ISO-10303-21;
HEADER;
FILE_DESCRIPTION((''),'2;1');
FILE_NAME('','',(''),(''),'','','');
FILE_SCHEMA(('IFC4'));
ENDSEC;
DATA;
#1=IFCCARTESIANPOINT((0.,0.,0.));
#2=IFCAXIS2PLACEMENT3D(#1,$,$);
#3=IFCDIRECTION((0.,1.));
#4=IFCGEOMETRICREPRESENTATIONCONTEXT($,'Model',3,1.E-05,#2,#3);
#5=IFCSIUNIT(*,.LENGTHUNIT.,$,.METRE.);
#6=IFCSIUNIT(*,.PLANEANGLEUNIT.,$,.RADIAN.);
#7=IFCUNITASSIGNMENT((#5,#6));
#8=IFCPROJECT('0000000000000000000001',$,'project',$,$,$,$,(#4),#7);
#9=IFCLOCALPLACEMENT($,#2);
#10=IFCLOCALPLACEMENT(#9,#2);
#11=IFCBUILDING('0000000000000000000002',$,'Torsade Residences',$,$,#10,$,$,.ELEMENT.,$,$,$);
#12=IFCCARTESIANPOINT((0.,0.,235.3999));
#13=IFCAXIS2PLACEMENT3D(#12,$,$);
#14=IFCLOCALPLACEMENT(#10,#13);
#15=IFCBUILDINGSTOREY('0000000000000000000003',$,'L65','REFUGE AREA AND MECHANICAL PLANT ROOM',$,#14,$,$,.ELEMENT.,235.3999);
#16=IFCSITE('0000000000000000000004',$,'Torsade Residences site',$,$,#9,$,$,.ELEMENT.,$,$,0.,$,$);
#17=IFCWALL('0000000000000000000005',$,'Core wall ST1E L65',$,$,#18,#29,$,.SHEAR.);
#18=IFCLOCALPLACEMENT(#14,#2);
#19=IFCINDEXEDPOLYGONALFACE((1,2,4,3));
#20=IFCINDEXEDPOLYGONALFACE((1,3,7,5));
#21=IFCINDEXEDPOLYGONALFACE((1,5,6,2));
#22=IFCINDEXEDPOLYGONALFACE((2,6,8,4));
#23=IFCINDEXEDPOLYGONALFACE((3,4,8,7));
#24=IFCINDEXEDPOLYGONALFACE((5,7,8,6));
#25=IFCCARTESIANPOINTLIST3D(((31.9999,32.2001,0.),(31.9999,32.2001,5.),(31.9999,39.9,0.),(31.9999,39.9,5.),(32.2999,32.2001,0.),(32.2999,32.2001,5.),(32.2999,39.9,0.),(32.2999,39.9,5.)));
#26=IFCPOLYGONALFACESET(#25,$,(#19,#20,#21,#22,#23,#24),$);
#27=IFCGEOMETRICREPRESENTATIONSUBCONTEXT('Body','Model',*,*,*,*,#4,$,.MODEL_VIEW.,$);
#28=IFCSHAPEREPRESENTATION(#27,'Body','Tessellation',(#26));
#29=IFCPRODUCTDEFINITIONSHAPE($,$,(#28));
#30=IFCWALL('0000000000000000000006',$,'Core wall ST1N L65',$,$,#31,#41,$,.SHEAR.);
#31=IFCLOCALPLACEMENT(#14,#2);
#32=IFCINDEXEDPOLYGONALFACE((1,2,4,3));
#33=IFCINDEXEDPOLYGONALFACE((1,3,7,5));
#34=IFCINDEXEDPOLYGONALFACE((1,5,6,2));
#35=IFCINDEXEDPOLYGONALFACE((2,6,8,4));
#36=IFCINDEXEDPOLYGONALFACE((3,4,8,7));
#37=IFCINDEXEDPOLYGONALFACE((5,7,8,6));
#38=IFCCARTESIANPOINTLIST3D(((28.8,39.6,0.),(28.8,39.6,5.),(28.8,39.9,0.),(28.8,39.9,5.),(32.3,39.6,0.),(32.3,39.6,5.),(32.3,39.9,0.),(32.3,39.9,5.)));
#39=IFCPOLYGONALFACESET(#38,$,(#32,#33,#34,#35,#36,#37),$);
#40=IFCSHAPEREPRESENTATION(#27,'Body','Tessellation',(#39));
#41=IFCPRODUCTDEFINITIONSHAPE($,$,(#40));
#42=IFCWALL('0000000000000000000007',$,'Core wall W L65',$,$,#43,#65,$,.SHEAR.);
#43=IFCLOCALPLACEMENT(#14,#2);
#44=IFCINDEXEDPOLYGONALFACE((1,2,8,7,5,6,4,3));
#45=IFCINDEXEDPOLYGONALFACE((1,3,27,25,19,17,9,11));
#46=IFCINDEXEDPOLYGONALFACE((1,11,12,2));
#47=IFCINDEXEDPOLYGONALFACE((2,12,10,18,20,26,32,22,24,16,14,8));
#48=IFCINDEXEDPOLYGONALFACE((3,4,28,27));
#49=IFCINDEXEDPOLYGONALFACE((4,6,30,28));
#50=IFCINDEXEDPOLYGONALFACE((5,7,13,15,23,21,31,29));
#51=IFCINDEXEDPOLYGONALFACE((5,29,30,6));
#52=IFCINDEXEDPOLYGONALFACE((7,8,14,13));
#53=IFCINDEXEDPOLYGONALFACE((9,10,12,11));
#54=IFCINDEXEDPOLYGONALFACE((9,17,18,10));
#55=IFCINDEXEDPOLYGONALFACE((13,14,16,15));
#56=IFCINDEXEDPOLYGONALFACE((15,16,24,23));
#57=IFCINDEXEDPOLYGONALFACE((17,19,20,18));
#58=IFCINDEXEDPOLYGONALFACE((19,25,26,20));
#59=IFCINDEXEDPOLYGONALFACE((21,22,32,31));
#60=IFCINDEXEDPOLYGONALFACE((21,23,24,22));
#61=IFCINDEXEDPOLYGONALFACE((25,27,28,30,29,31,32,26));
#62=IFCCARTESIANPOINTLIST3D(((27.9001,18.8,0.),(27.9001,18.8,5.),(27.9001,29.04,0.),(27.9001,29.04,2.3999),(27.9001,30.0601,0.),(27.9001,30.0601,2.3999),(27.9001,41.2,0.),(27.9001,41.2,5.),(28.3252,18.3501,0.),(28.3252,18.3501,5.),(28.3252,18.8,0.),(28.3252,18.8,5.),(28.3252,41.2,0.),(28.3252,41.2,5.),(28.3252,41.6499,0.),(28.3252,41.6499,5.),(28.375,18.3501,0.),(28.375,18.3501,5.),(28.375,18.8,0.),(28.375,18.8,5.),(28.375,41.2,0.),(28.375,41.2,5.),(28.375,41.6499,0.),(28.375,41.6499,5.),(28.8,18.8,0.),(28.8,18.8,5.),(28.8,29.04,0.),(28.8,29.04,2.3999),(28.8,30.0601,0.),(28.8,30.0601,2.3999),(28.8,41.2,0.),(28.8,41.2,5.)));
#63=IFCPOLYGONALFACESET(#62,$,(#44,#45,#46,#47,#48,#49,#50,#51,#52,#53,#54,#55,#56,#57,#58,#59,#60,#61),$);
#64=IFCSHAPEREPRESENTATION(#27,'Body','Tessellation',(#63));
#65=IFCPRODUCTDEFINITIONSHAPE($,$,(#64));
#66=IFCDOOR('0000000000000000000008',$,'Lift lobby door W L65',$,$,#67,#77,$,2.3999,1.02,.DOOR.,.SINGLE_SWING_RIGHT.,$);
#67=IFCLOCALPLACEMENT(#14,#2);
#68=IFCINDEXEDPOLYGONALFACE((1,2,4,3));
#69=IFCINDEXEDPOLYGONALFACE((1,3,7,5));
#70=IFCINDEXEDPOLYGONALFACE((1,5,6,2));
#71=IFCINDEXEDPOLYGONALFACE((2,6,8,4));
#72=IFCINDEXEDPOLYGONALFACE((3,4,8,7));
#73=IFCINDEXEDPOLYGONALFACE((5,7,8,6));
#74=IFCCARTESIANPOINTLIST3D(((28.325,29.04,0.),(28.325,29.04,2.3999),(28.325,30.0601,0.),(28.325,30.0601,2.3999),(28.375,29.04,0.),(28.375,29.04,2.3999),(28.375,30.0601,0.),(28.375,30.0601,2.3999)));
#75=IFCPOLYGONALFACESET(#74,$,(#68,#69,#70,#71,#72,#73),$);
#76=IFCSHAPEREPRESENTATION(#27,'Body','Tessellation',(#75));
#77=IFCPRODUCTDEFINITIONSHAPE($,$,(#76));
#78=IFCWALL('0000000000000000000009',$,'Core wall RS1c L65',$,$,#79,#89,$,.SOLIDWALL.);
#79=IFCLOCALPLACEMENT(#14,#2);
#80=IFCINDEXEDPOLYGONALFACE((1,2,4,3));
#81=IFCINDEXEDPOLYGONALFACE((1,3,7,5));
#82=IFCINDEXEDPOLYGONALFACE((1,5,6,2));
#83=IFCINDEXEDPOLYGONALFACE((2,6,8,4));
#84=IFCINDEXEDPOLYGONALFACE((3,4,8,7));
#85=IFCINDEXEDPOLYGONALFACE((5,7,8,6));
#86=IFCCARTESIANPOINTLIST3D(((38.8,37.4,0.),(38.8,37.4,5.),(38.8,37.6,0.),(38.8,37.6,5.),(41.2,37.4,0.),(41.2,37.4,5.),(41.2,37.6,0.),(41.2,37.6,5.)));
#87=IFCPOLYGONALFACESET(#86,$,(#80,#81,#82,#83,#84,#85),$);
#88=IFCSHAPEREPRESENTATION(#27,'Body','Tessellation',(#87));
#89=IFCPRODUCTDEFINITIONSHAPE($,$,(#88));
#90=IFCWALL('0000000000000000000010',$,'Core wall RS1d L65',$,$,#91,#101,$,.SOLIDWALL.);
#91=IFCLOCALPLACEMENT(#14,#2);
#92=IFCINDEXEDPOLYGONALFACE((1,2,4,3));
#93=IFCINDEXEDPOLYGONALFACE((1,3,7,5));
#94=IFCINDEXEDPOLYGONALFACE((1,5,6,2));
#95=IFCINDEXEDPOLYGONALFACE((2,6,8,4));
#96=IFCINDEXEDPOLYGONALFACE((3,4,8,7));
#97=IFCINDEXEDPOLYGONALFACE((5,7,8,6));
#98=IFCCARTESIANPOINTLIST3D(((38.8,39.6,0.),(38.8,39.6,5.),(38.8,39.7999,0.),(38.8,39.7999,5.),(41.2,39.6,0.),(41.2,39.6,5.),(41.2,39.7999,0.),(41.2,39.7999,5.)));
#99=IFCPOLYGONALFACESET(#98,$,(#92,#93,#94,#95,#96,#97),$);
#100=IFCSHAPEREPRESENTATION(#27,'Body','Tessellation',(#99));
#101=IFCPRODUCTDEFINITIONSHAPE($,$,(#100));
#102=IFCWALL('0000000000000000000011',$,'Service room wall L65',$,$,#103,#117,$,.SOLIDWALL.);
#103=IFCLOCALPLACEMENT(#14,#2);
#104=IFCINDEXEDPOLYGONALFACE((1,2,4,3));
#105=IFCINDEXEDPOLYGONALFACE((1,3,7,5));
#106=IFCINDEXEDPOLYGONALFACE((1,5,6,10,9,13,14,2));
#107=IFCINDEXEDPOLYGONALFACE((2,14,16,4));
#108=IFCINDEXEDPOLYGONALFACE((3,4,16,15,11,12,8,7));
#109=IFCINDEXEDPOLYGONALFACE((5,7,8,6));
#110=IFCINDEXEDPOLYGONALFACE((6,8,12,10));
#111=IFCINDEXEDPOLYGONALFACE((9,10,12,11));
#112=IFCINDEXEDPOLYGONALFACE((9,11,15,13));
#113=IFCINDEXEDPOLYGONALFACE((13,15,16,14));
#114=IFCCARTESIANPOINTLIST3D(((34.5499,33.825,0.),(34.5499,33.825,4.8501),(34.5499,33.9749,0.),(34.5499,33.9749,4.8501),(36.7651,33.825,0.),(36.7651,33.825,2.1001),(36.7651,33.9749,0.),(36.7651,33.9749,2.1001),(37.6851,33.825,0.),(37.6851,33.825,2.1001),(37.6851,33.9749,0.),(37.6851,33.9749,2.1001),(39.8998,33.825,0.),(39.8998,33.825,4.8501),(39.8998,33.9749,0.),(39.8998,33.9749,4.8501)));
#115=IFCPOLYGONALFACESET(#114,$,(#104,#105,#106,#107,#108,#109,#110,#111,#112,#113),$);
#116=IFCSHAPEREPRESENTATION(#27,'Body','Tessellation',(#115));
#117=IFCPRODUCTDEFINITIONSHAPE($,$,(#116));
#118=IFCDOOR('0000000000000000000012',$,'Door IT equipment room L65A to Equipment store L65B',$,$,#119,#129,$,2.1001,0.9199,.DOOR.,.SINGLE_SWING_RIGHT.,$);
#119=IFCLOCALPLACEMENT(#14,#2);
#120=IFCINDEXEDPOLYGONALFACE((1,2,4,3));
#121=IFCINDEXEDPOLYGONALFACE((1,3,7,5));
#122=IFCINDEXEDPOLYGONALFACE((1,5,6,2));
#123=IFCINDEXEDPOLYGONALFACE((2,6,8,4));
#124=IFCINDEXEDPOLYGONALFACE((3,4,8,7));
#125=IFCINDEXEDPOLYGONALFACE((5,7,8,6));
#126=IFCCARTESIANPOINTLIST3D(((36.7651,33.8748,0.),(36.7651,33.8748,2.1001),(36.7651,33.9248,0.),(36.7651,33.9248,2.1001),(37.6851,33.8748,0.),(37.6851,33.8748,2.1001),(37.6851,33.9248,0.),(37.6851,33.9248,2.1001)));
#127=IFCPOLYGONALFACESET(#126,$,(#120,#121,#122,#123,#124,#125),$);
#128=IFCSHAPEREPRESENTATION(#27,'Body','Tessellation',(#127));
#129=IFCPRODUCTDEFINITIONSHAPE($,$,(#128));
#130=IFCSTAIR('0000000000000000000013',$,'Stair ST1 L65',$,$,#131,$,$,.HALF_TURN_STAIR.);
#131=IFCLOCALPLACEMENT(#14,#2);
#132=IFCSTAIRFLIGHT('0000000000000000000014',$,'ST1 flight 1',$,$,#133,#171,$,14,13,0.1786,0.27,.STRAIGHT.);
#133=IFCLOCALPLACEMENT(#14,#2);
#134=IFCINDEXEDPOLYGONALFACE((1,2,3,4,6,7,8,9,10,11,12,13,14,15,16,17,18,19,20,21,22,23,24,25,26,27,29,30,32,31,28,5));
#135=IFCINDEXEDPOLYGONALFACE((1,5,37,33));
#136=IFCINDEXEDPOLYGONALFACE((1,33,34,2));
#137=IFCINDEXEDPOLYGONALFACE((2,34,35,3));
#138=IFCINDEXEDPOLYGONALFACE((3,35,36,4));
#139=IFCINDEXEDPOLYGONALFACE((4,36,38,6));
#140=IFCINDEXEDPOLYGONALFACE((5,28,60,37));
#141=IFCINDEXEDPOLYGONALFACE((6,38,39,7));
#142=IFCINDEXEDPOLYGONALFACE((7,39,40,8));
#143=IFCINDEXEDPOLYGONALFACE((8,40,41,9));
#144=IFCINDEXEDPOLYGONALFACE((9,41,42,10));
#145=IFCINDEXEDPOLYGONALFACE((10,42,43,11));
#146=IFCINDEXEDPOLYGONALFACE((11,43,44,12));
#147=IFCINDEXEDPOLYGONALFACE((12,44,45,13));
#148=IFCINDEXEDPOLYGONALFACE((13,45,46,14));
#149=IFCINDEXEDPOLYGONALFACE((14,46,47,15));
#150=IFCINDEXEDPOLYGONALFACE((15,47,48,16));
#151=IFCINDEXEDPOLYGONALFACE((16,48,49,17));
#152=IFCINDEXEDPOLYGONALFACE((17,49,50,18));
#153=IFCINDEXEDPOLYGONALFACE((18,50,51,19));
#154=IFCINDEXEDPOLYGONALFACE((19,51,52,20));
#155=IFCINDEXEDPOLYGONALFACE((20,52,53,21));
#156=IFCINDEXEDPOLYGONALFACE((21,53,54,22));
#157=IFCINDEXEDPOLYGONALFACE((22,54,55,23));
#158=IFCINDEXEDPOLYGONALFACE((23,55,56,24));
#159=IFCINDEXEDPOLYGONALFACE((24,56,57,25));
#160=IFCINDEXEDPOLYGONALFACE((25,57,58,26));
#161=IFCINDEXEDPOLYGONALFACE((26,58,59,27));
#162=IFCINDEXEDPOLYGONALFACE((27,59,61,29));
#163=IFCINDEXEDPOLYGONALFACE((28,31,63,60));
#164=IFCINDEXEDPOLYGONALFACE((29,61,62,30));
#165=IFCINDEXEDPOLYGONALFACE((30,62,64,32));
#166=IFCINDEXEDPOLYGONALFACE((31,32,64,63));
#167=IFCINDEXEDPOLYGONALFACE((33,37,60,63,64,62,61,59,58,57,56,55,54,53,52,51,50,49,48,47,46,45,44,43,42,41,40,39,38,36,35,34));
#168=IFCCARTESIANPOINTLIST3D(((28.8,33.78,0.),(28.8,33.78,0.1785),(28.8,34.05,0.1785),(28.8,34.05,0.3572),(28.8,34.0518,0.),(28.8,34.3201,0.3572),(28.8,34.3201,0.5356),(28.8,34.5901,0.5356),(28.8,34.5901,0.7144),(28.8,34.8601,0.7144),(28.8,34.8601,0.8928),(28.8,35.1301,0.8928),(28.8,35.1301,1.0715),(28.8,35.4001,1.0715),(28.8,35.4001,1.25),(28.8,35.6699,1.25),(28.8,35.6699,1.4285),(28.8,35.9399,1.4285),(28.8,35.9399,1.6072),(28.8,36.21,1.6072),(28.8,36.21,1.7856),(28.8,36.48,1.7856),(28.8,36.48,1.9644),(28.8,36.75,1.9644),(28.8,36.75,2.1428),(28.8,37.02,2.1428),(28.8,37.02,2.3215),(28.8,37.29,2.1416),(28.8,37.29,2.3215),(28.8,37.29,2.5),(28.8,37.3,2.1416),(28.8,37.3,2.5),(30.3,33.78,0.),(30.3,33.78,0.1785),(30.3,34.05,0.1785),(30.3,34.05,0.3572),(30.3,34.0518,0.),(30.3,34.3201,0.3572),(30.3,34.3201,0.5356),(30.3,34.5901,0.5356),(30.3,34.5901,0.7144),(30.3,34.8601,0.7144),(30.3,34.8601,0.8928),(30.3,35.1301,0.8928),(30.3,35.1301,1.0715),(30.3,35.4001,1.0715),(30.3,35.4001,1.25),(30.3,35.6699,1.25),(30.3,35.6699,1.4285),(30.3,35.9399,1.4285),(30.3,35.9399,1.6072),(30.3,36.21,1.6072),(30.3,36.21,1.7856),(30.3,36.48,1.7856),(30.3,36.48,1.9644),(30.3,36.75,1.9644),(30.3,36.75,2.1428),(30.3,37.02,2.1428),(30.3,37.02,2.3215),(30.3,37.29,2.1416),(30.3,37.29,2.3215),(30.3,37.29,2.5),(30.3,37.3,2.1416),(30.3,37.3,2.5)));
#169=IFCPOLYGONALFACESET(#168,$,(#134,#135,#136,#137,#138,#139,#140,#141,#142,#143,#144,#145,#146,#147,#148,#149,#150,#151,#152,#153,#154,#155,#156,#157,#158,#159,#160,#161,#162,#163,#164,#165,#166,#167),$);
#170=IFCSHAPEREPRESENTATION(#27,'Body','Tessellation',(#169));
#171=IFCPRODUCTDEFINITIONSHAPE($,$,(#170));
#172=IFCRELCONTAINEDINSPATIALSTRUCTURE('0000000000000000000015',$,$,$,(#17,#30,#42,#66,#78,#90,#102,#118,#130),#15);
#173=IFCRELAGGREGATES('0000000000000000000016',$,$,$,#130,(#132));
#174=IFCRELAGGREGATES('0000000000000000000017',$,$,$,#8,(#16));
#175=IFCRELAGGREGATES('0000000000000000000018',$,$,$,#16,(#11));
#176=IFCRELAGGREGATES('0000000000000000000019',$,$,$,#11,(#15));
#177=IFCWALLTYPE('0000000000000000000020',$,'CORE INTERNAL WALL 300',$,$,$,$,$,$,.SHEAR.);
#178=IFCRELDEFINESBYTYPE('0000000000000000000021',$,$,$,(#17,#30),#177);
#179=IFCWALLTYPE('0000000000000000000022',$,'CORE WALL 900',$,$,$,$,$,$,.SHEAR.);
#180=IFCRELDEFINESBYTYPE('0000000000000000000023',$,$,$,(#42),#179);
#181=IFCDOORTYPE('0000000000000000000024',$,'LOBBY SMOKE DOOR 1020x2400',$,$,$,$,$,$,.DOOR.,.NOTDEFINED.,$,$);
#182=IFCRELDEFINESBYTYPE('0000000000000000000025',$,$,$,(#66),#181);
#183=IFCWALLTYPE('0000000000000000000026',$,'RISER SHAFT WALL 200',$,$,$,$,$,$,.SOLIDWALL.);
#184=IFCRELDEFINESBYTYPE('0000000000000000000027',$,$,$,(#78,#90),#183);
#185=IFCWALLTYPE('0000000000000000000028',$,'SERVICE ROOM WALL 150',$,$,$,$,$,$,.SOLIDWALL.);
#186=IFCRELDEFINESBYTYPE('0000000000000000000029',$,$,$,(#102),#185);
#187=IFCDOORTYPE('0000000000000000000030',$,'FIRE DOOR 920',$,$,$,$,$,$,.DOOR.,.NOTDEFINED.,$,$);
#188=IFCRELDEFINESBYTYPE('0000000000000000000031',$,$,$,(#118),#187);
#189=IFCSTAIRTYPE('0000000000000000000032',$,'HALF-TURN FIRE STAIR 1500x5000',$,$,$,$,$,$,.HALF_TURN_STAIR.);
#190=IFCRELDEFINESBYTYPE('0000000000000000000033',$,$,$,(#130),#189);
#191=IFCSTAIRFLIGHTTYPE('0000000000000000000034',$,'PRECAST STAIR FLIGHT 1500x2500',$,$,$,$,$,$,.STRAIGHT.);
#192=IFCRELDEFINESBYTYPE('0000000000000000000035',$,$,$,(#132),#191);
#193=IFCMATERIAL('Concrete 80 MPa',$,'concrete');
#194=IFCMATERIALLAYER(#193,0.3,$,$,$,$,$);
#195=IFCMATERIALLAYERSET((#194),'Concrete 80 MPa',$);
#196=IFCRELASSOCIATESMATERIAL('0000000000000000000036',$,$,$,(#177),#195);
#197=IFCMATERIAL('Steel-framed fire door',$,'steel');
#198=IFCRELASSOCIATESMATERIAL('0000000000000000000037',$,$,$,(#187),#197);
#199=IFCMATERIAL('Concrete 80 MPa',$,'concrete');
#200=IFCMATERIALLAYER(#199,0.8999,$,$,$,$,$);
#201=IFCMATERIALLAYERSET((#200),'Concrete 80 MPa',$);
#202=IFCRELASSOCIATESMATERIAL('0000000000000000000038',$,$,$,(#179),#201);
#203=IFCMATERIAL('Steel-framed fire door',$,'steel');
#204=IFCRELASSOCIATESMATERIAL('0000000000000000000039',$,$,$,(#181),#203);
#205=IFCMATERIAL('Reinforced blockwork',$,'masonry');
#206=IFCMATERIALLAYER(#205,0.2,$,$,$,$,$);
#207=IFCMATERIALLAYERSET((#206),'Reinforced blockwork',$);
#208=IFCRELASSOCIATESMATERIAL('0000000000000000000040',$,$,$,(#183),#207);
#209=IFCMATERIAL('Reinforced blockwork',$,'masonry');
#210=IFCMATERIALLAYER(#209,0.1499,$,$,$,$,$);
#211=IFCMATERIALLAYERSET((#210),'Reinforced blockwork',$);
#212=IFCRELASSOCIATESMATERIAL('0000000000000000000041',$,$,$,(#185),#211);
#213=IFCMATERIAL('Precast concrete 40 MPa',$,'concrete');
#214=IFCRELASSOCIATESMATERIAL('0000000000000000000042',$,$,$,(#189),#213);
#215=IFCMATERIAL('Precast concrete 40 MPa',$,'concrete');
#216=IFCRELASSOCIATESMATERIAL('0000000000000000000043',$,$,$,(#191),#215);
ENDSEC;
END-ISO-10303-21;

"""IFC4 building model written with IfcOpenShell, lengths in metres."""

from ifc_helpers import new_model, si_unit, direction, frame, frame_2d, origin, place, context, subcontext, project, spatial, polyline, rectangle, outline, extrude, material, layer, layer_set, type_object, element, fill, aggregate, save


model = new_model("IFC4")

# Units and contexts
model_context = context("Model", 3, precision=1e-05, world=origin(), true_north=direction((0.0, 1.0)))
body_context = subcontext(model_context, "Body", "Model", "MODEL_VIEW")
ifc_project = project(units=[si_unit("LENGTHUNIT", "METRE"), si_unit("PLANEANGLEUNIT", "RADIAN")], contexts=[model_context])

# Site, building, storey
site_placement = place(None, origin())
site = spatial("IfcSite", under=ifc_project, at=site_placement, Name="Torsade Residences site", CompositionType="ELEMENT", RefElevation=0.0)
building_placement = place(site_placement, origin())
building = spatial("IfcBuilding", under=site, at=building_placement, Name="Torsade Residences", CompositionType="ELEMENT")
storey_placement = place(building_placement, frame((0.0, 0.0, 235.3999)))
storey = spatial("IfcBuildingStorey", under=building, at=storey_placement, Name="L65", Description="REFUGE AREA AND MECHANICAL PLANT ROOM", CompositionType="ELEMENT", Elevation=235.3999)

# Shared definitions
ifc_material_1 = material(Name="Concrete 80 MPa", Category="concrete")
ifc_layer_1 = layer(ifc_material_1, 0.3)
ifc_layer_set_1 = layer_set([ifc_layer_1], Name="Concrete 80 MPa")
wall_type_1 = type_object("IfcWallType", Name="CORE INTERNAL WALL 300", PredefinedType="SHEAR", material=ifc_layer_set_1)
ifc_material_2 = material(Name="Steel-framed fire door", Category="steel")
door_type_1 = type_object("IfcDoorType", Name="FIRE DOOR 920", OperationType="NOTDEFINED", PredefinedType="DOOR", material=ifc_material_2)

# Walls
wall_1_placement = place(storey_placement, frame((32.1499, 32.2, 0.0), z_axis=(0.0, 0.0, 1.0), x_axis=(0.0, 1.0, 0.0)))
element("IfcWall", 1, at=wall_1_placement, inside=storey, type_object=wall_type_1, Name="Core wall ST1E L65", PredefinedType="SHEAR", context=body_context, shape_type="SweptSolid", body=[
    extrude(rectangle(XDim=7.7, YDim=0.3, at=frame_2d((3.8501, 0.0))), origin(), (0.0, 0.0, 1.0), 5.0),
])
wall_2_placement = place(storey_placement, frame((28.8, 39.75, 0.0), z_axis=(0.0, 0.0, 1.0), x_axis=(1.0, 0.0, 0.0)))
element("IfcWall", 2, at=wall_2_placement, inside=storey, type_object=wall_type_1, Name="Core wall ST1N L65", PredefinedType="SHEAR", context=body_context, shape_type="SweptSolid", body=[
    extrude(rectangle(XDim=3.5, YDim=0.3, at=frame_2d((1.75, 0.0))), origin(), (0.0, 0.0, 1.0), 5.0),
])

# Wall, opening, door
ifc_material_3 = material(Name="Concrete 80 MPa", Category="concrete")
ifc_layer_2 = layer(ifc_material_3, 0.8999)
ifc_layer_set_2 = layer_set([ifc_layer_2], Name="Concrete 80 MPa")
wall_type_2 = type_object("IfcWallType", Name="CORE WALL 900", PredefinedType="SHEAR", material=ifc_layer_set_2)
wall_3_placement = place(storey_placement, frame((28.3501, 41.2, 0.0), z_axis=(0.0, 0.0, 1.0), x_axis=(0.0, -1.0, 0.0)))
wall_3 = element("IfcWall", 3, at=wall_3_placement, inside=storey, type_object=wall_type_2, Name="Core wall W L65", PredefinedType="SHEAR", context=body_context, shape_type="SweptSolid", body=[
    extrude(outline(polyline([(0.0, -0.45), (22.3999, -0.45), (22.3999, -0.0249), (22.8499, -0.0249), (22.8499, 0.0249), (22.3999, 0.0249), (22.3999, 0.45), (0.0, 0.45), (0.0, 0.0249), (-0.45, 0.0249), (-0.45, -0.0249), (0.0, -0.0249), (0.0, -0.45)])), origin(), (0.0, 0.0, 1.0), 5.0),
])
opening_1_placement = place(wall_3_placement, frame((11.1399, 0.0, 0.0)))
opening_1 = element("IfcOpeningElement", 4, at=opening_1_placement, cuts=wall_3, PredefinedType="OPENING", context=body_context, shape_type="SweptSolid", body=[
    extrude(rectangle(XDim=1.02, YDim=2.3999, at=frame_2d((0.51, 1.2))), frame((0.0, 0.46, 0.0), z_axis=(0.0, -1.0, 0.0), x_axis=(1.0, 0.0, 0.0)), (0.0, 0.0, 1.0), 0.9199),
])
ifc_material_4 = material(Name="Steel-framed fire door", Category="steel")
door_type_2 = type_object("IfcDoorType", Name="LOBBY SMOKE DOOR 1020x2400", OperationType="NOTDEFINED", PredefinedType="DOOR", material=ifc_material_4)
door_1_placement = place(opening_1_placement, origin())
door_1 = element("IfcDoor", 5, at=door_1_placement, inside=storey, type_object=door_type_2, Name="Lift lobby door W L65", OperationType="SINGLE_SWING_RIGHT", OverallHeight=2.3999, OverallWidth=1.02, PredefinedType="DOOR", context=body_context, shape_type="SweptSolid", body=[
    extrude(rectangle(XDim=1.02, YDim=2.3999, at=frame_2d((0.51, 1.2))), frame((0.0, 0.0249, 0.0), z_axis=(0.0, -1.0, 0.0), x_axis=(1.0, 0.0, 0.0)), (0.0, 0.0, 1.0), 0.05),
])
fill(opening_1, door_1)

# Walls
ifc_material_5 = material(Name="Reinforced blockwork", Category="masonry")
ifc_layer_3 = layer(ifc_material_5, 0.2)
ifc_layer_set_3 = layer_set([ifc_layer_3], Name="Reinforced blockwork")
wall_type_3 = type_object("IfcWallType", Name="RISER SHAFT WALL 200", PredefinedType="SOLIDWALL", material=ifc_layer_set_3)
for number, where, z_axis, x_axis, name in (
    (6, (38.8, 37.5, 0.0), (0.0, 0.0, 1.0), (1.0, 0.0, 0.0), "Core wall RS1c L65"),
    (7, (38.8, 39.7, 0.0), (0.0, 0.0, 1.0), (1.0, 0.0, 0.0), "Core wall RS1d L65"),
):
    element("IfcWall", number, at=place(storey_placement, frame(where, z_axis=z_axis, x_axis=x_axis)), inside=storey, type_object=wall_type_3, Name=name, PredefinedType="SOLIDWALL", context=body_context, shape_type="SweptSolid", body=[
        extrude(rectangle(XDim=2.3999, YDim=0.2, at=frame_2d((1.2, 0.0))), origin(), (0.0, 0.0, 1.0), 5.0),
    ])

# Wall, opening, door
ifc_material_6 = material(Name="Reinforced blockwork", Category="masonry")
ifc_layer_4 = layer(ifc_material_6, 0.1499)
ifc_layer_set_4 = layer_set([ifc_layer_4], Name="Reinforced blockwork")
wall_type_4 = type_object("IfcWallType", Name="SERVICE ROOM WALL 150", PredefinedType="SOLIDWALL", material=ifc_layer_set_4)
wall_4_placement = place(storey_placement, frame((34.55, 33.8999, 0.0), z_axis=(0.0, 0.0, 1.0), x_axis=(1.0, 0.0, 0.0)))
wall_4 = element("IfcWall", 8, at=wall_4_placement, inside=storey, type_object=wall_type_4, Name="Service room wall L65", PredefinedType="SOLIDWALL", context=body_context, shape_type="SweptSolid", body=[
    extrude(rectangle(XDim=5.3499, YDim=0.1499, at=frame_2d((2.6748, 0.0))), origin(), (0.0, 0.0, 1.0), 4.8501),
])
opening_2_placement = place(wall_4_placement, frame((2.2151, 0.0, 0.0)))
opening_2 = element("IfcOpeningElement", 9, at=opening_2_placement, cuts=wall_4, PredefinedType="OPENING", context=body_context, shape_type="SweptSolid", body=[
    extrude(rectangle(XDim=0.9199, YDim=2.1001, at=frame_2d((0.46, 1.05))), frame((0.0, 0.085, 0.0), z_axis=(0.0, -1.0, 0.0), x_axis=(1.0, 0.0, 0.0)), (0.0, 0.0, 1.0), 0.1699),
])
door_2_placement = place(opening_2_placement, origin())
door_2 = element("IfcDoor", 10, at=door_2_placement, inside=storey, type_object=door_type_1, Name="Door IT equipment room L65A to Equipment store L65B", OperationType="SINGLE_SWING_RIGHT", OverallHeight=2.1001, OverallWidth=0.9199, PredefinedType="DOOR", context=body_context, shape_type="SweptSolid", body=[
    extrude(rectangle(XDim=0.9199, YDim=2.1001, at=frame_2d((0.46, 1.05))), frame((0.0, 0.0249, 0.0), z_axis=(0.0, -1.0, 0.0), x_axis=(1.0, 0.0, 0.0)), (0.0, 0.0, 1.0), 0.05),
])
fill(opening_2, door_2)

# Stair, stair flight
ifc_material_7 = material(Name="Precast concrete 40 MPa", Category="concrete")
stair_type = type_object("IfcStairType", Name="HALF-TURN FIRE STAIR 1500x5000", PredefinedType="HALF_TURN_STAIR", material=ifc_material_7)
stair_placement = place(storey_placement, origin())
stair = element("IfcStair", 11, at=stair_placement, inside=storey, type_object=stair_type, Name="Stair ST1 L65", PredefinedType="HALF_TURN_STAIR")
ifc_material_8 = material(Name="Precast concrete 40 MPa", Category="concrete")
stair_flight_type = type_object("IfcStairFlightType", Name="PRECAST STAIR FLIGHT 1500x2500", PredefinedType="STRAIGHT", material=ifc_material_8)
stair_flight_1_placement = place(storey_placement, frame((29.55, 33.78, 0.0), z_axis=(0.0, 0.0, 1.0), x_axis=(0.0, 1.0, 0.0)))
stair_flight_1 = element("IfcStairFlight", 12, at=stair_flight_1_placement, type_object=stair_flight_type, Name="ST1 flight 1", NumberOfRisers=14, NumberOfTreads=13, PredefinedType="STRAIGHT", RiserHeight=0.1786, TreadLength=0.27, context=body_context, shape_type="SweptSolid", body=[
    extrude(outline(polyline([(0.0, 0.0), (0.0, 0.1785), (0.27, 0.1785), (0.27, 0.3572), (0.54, 0.3572), (0.54, 0.5356), (0.8101, 0.5356), (0.8101, 0.7144), (1.0801, 0.7144), (1.0801, 0.8928), (1.3501, 0.8928), (1.3501, 1.0715), (1.6201, 1.0715), (1.6201, 1.25), (1.8899, 1.25), (1.8899, 1.4285), (2.1599, 1.4285), (2.1599, 1.6072), (2.4299, 1.6072), (2.4299, 1.7856), (2.7, 1.7856), (2.7, 1.9644), (2.97, 1.9644), (2.97, 2.1428), (3.24, 2.1428), (3.24, 2.3215), (3.51, 2.3215), (3.51, 2.5), (3.52, 2.5), (3.52, 2.1416), (3.51, 2.1416), (0.2717, 0.0), (0.0, 0.0)])), frame((0.0, 0.75, 0.0), z_axis=(0.0, -1.0, 0.0), x_axis=(1.0, 0.0, 0.0)), (0.0, 0.0, 1.0), 1.5),
])
aggregate(stair, [stair_flight_1])

save(model, "model.ifc")
